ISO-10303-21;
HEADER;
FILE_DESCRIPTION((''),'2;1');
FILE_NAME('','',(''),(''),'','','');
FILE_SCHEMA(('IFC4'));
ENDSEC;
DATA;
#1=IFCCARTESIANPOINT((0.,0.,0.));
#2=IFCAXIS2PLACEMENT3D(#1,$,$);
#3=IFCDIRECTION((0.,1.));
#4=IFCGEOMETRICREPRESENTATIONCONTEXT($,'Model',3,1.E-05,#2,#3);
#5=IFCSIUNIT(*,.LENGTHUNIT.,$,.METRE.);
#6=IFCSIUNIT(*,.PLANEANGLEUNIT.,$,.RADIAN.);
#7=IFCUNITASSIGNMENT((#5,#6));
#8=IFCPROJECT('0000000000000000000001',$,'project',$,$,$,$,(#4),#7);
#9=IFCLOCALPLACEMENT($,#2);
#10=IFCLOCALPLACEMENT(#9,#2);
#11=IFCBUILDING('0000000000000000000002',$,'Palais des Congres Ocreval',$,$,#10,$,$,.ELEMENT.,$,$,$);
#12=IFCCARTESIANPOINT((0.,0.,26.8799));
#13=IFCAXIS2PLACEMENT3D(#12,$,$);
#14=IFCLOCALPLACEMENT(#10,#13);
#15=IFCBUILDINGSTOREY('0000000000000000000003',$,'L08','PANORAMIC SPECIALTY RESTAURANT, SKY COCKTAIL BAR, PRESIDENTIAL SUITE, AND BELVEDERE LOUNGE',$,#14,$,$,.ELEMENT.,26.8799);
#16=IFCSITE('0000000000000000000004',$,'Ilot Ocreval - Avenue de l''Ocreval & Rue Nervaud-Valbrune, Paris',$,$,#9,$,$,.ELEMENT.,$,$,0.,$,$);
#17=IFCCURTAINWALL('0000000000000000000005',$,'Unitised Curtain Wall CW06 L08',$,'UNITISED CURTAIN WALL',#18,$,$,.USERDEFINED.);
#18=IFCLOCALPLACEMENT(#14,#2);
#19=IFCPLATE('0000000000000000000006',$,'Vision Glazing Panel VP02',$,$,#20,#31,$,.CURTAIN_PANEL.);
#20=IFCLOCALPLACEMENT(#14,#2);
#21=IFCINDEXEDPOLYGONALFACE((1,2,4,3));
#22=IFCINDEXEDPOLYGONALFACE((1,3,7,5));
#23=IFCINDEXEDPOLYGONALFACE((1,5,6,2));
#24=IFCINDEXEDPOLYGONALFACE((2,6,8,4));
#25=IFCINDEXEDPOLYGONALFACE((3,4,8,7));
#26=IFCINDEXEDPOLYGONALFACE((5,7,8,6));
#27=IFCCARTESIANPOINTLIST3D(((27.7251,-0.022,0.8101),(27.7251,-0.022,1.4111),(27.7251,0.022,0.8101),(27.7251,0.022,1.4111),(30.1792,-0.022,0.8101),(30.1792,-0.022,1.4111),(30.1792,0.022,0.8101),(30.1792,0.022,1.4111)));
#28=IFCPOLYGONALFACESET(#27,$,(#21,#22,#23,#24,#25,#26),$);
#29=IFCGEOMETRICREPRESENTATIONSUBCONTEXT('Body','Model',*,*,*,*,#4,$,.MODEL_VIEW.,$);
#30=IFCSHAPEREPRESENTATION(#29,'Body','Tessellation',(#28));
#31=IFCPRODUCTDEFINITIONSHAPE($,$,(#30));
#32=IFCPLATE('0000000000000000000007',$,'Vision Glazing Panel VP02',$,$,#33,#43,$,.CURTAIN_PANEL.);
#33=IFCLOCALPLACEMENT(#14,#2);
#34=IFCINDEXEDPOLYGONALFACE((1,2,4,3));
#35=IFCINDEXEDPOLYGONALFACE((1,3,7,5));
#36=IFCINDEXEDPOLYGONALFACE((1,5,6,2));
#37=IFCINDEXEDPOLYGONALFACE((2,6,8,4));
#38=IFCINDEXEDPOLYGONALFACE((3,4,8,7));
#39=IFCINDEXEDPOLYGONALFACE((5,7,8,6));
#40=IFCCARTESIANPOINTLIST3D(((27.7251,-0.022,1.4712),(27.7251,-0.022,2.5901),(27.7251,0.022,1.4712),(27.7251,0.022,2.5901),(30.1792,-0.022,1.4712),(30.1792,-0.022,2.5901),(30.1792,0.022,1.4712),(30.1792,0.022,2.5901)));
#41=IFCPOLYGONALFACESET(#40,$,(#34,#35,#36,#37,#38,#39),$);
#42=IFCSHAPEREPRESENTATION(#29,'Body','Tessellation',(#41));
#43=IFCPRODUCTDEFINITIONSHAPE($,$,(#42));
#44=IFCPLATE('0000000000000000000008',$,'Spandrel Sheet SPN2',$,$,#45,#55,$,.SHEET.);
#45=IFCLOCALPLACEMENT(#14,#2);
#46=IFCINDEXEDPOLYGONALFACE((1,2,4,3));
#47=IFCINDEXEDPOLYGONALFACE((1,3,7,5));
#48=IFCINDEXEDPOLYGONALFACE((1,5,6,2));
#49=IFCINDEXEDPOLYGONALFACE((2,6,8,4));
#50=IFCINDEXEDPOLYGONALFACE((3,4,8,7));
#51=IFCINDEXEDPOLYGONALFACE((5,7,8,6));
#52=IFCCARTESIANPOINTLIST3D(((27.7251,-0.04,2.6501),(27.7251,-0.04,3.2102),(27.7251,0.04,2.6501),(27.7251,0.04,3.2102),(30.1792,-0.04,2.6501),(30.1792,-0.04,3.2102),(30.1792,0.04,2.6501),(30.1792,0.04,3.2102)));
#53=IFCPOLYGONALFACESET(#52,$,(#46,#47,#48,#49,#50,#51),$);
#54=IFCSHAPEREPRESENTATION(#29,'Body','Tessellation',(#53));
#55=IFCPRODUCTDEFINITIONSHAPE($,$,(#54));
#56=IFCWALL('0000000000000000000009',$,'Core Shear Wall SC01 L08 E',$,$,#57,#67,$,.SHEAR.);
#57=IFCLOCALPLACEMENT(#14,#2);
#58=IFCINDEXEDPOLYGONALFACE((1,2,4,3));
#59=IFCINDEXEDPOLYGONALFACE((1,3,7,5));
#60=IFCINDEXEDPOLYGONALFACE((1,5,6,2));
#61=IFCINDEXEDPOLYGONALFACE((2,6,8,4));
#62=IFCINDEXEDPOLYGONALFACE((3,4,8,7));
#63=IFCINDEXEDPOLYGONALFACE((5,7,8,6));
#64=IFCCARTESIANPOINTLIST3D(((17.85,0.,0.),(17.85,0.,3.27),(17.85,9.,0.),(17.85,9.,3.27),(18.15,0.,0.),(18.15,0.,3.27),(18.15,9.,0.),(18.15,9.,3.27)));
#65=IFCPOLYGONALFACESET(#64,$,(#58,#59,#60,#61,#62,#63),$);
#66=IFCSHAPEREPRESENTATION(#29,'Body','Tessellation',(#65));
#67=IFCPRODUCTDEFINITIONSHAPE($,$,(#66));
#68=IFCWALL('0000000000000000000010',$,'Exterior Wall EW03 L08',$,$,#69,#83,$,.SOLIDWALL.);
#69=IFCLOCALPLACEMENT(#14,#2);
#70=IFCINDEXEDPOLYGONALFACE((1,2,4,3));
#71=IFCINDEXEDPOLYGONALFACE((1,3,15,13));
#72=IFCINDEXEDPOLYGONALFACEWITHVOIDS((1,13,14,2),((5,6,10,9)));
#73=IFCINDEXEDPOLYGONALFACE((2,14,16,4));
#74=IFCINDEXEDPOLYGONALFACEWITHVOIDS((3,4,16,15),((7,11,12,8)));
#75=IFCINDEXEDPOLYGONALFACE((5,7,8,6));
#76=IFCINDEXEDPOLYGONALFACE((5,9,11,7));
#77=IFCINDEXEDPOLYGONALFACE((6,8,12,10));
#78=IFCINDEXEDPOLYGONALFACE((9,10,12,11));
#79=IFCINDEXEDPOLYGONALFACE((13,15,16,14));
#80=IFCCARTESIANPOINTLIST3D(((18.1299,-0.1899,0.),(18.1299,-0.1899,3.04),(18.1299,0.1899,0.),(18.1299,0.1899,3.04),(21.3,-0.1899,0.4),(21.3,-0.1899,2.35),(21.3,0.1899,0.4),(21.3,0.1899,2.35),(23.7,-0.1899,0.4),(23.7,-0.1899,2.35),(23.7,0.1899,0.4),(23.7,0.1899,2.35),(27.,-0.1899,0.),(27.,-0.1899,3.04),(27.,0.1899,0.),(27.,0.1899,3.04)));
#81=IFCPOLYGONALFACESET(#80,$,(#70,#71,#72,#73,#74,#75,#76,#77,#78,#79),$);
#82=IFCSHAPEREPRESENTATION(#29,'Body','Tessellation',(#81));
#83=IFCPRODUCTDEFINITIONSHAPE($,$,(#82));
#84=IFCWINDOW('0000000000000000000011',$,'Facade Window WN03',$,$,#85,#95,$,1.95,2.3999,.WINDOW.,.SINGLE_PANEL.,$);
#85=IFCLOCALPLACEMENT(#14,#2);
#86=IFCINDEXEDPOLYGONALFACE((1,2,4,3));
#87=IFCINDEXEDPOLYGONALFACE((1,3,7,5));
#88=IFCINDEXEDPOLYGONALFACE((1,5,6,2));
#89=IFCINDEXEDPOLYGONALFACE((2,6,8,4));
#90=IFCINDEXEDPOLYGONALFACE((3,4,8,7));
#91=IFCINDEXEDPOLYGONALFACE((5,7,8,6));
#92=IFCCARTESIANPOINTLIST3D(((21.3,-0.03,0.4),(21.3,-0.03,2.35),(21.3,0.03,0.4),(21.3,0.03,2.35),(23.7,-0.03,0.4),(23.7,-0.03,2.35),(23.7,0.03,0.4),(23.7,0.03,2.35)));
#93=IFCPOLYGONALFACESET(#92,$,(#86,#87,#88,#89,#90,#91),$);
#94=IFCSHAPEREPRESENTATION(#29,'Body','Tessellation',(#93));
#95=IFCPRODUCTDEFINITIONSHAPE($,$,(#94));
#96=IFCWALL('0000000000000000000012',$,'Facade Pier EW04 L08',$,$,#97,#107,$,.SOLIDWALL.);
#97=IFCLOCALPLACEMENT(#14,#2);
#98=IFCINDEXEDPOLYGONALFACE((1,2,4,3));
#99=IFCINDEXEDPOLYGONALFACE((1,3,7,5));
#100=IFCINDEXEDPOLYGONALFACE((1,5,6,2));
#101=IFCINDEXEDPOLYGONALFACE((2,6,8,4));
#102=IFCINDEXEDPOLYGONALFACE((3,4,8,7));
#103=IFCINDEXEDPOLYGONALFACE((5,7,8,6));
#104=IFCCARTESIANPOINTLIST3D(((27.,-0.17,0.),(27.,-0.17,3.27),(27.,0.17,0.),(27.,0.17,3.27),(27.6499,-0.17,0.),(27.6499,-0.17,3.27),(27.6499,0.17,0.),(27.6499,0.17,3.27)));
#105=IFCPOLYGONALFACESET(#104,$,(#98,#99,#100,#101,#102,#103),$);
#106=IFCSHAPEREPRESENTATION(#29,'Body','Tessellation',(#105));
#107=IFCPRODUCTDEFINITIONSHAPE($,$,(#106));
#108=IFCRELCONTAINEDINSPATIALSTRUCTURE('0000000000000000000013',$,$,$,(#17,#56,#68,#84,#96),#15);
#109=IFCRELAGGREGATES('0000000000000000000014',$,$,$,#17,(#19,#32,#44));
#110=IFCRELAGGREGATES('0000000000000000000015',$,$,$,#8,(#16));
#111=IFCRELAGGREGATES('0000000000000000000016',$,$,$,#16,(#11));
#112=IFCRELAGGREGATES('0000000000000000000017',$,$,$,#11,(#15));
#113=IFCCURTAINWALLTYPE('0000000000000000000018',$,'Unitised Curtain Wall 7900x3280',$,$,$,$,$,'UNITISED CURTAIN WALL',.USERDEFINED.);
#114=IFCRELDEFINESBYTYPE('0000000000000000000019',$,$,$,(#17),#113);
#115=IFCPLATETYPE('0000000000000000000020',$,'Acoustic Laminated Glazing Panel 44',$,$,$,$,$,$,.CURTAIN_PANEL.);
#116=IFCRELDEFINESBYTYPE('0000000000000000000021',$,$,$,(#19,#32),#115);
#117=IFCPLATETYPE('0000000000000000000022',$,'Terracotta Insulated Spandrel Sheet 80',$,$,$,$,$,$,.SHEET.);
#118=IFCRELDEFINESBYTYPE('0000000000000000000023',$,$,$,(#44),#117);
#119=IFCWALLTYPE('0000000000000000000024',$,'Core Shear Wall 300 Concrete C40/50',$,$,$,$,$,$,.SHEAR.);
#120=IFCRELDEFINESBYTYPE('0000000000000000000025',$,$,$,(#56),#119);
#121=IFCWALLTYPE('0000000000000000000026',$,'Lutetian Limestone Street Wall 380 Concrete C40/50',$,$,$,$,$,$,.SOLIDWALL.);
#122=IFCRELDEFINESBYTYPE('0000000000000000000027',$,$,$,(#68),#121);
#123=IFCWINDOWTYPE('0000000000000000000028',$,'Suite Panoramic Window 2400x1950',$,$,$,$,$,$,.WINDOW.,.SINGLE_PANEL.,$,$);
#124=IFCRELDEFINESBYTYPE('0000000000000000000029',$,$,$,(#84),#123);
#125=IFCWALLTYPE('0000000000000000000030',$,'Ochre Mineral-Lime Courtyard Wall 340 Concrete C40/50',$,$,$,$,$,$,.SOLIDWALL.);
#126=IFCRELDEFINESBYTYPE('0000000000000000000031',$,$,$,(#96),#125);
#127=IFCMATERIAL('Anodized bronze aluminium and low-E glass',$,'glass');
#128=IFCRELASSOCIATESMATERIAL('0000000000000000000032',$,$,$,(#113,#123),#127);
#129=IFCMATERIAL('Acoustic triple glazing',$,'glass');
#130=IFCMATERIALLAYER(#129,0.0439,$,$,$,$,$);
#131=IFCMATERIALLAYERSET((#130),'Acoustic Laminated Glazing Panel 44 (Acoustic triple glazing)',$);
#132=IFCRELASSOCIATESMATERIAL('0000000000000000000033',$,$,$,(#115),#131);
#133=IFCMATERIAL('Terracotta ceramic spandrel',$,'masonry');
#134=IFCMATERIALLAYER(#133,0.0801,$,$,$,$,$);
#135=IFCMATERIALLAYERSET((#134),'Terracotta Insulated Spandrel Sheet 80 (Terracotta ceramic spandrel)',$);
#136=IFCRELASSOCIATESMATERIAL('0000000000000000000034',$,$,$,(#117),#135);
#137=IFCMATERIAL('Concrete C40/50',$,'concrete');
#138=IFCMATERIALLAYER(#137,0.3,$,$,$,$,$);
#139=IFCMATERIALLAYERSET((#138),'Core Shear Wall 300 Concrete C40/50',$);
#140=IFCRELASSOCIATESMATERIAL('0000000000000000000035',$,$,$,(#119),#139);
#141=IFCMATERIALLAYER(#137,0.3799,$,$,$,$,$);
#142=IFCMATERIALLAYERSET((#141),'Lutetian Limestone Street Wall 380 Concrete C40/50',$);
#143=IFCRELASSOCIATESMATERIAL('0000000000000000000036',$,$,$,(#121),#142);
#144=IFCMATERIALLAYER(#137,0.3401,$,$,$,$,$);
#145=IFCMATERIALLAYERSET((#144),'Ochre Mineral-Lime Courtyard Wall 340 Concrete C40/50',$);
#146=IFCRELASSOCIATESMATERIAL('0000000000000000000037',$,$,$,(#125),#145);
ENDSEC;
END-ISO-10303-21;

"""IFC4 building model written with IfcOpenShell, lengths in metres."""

from ifc_helpers import new_model, si_unit, direction, frame, frame_2d, origin, origin_2d, place, context, subcontext, project, spatial, rectangle, extrude, material, layer, layer_set, type_object, element, fill, aggregate, save


model = new_model("IFC4")

# Units and contexts
model_context = context("Model", 3, precision=1e-05, world=origin(), true_north=direction((0.0, 1.0)))
body_context = subcontext(model_context, "Body", "Model", "MODEL_VIEW")
ifc_project = project(units=[si_unit("LENGTHUNIT", "METRE"), si_unit("PLANEANGLEUNIT", "RADIAN")], contexts=[model_context])

# Site, building, storey
site_placement = place(None, origin())
site = spatial("IfcSite", under=ifc_project, at=site_placement, Name="Ilot Ocreval - Avenue de l'Ocreval & Rue Nervaud-Valbrune, Paris", CompositionType="ELEMENT", RefElevation=0.0)
building_placement = place(site_placement, origin())
building = spatial("IfcBuilding", under=site, at=building_placement, Name="Palais des Congres Ocreval", CompositionType="ELEMENT")
storey_placement = place(building_placement, frame((0.0, 0.0, 26.8799)))
storey = spatial("IfcBuildingStorey", under=building, at=storey_placement, Name="L08", Description="PANORAMIC SPECIALTY RESTAURANT, SKY COCKTAIL BAR, PRESIDENTIAL SUITE, AND BELVEDERE LOUNGE", CompositionType="ELEMENT", Elevation=26.8799)

# Curtain wall
ifc_material_1 = material(Name="Anodized bronze aluminium and low-E glass", Category="glass")
curtain_wall_type = type_object("IfcCurtainWallType", Name="Unitised Curtain Wall 7900x3280", ElementType="UNITISED CURTAIN WALL", PredefinedType="USERDEFINED", material=ifc_material_1)
curtain_wall_placement = place(storey_placement, origin())
curtain_wall = element("IfcCurtainWall", 1, at=curtain_wall_placement, inside=storey, type_object=curtain_wall_type, Name="Unitised Curtain Wall CW06 L08", ObjectType="UNITISED CURTAIN WALL", PredefinedType="USERDEFINED")

# Plates
ifc_material_2 = material(Name="Acoustic triple glazing", Category="glass")
ifc_layer_1 = layer(ifc_material_2, 0.0439)
ifc_layer_set_1 = layer_set([ifc_layer_1], Name="Acoustic Laminated Glazing Panel 44 (Acoustic triple glazing)")
plate_type_1 = type_object("IfcPlateType", Name="Acoustic Laminated Glazing Panel 44", PredefinedType="CURTAIN_PANEL", material=ifc_layer_set_1)
plate_1_placement = place(storey_placement, frame((28.9521, 0.0, 0.8101), z_axis=(0.0, 0.0, 1.0), x_axis=(-1.0, 0.0, 0.0)))
plate_1 = element("IfcPlate", 2, at=plate_1_placement, type_object=plate_type_1, Name="Vision Glazing Panel VP02", PredefinedType="CURTAIN_PANEL", context=body_context, shape_type="SweptSolid", body=[
    extrude(rectangle(XDim=2.4541, YDim=0.0439, at=origin_2d()), origin(), (0.0, 0.0, 1.0), 0.6011),
])
plate_2_placement = place(storey_placement, frame((28.9521, 0.0, 1.4712), z_axis=(0.0, 0.0, 1.0), x_axis=(-1.0, 0.0, 0.0)))
plate_2 = element("IfcPlate", 3, at=plate_2_placement, type_object=plate_type_1, Name="Vision Glazing Panel VP02", PredefinedType="CURTAIN_PANEL", context=body_context, shape_type="SweptSolid", body=[
    extrude(rectangle(XDim=2.4541, YDim=0.0439, at=origin_2d()), origin(), (0.0, 0.0, 1.0), 1.1189),
])
ifc_material_3 = material(Name="Terracotta ceramic spandrel", Category="masonry")
ifc_layer_2 = layer(ifc_material_3, 0.0801)
ifc_layer_set_2 = layer_set([ifc_layer_2], Name="Terracotta Insulated Spandrel Sheet 80 (Terracotta ceramic spandrel)")
plate_type_2 = type_object("IfcPlateType", Name="Terracotta Insulated Spandrel Sheet 80", PredefinedType="SHEET", material=ifc_layer_set_2)
plate_3_placement = place(storey_placement, frame((28.9521, 0.0, 2.6501), z_axis=(0.0, 0.0, 1.0), x_axis=(-1.0, 0.0, 0.0)))
plate_3 = element("IfcPlate", 4, at=plate_3_placement, type_object=plate_type_2, Name="Spandrel Sheet SPN2", PredefinedType="SHEET", context=body_context, shape_type="SweptSolid", body=[
    extrude(rectangle(XDim=2.4541, YDim=0.0801, at=origin_2d()), origin(), (0.0, 0.0, 1.0), 0.5601),
])
aggregate(curtain_wall, [plate_1, plate_2, plate_3])

# Wall
ifc_material_4 = material(Name="Concrete C40/50", Category="concrete")
ifc_layer_3 = layer(ifc_material_4, 0.3)
ifc_layer_set_3 = layer_set([ifc_layer_3], Name="Core Shear Wall 300 Concrete C40/50")
wall_type_1 = type_object("IfcWallType", Name="Core Shear Wall 300 Concrete C40/50", PredefinedType="SHEAR", material=ifc_layer_set_3)
wall_1_placement = place(storey_placement, frame((18.0, 0.0, 0.0), z_axis=(0.0, 0.0, 1.0), x_axis=(0.0, 1.0, 0.0)))
element("IfcWall", 5, at=wall_1_placement, inside=storey, type_object=wall_type_1, Name="Core Shear Wall SC01 L08 E", PredefinedType="SHEAR", context=body_context, shape_type="SweptSolid", body=[
    extrude(rectangle(XDim=9.0, YDim=0.3, at=frame_2d((4.5, 0.0))), origin(), (0.0, 0.0, 1.0), 3.27),
])

# Wall, opening, window
ifc_layer_4 = layer(ifc_material_4, 0.3799)
ifc_layer_set_4 = layer_set([ifc_layer_4], Name="Lutetian Limestone Street Wall 380 Concrete C40/50")
wall_type_2 = type_object("IfcWallType", Name="Lutetian Limestone Street Wall 380 Concrete C40/50", PredefinedType="SOLIDWALL", material=ifc_layer_set_4)
wall_2_placement = place(storey_placement, frame((27.0, 0.0, 0.0), z_axis=(0.0, 0.0, 1.0), x_axis=(-1.0, 0.0, 0.0)))
wall_2 = element("IfcWall", 6, at=wall_2_placement, inside=storey, type_object=wall_type_2, Name="Exterior Wall EW03 L08", PredefinedType="SOLIDWALL", context=body_context, shape_type="SweptSolid", body=[
    extrude(rectangle(XDim=8.8701, YDim=0.3799, at=frame_2d((4.4351, 0.0))), origin(), (0.0, 0.0, 1.0), 3.04),
])
opening_placement = place(wall_2_placement, frame((3.3, 0.0, 0.3999)))
opening = element("IfcOpeningElement", 7, at=opening_placement, cuts=wall_2, PredefinedType="OPENING", context=body_context, shape_type="SweptSolid", body=[
    extrude(rectangle(XDim=2.3999, YDim=1.95, at=frame_2d((1.2, 0.9751))), frame((0.0, 0.2, 0.0), z_axis=(0.0, -1.0, 0.0), x_axis=(1.0, 0.0, 0.0)), (0.0, 0.0, 1.0), 0.3999),
])
window_type = type_object("IfcWindowType", Name="Suite Panoramic Window 2400x1950", PartitioningType="SINGLE_PANEL", PredefinedType="WINDOW", material=ifc_material_1)
window_placement = place(opening_placement, origin())
window = element("IfcWindow", 8, at=window_placement, inside=storey, type_object=window_type, Name="Facade Window WN03", OverallHeight=1.95, OverallWidth=2.3999, PartitioningType="SINGLE_PANEL", PredefinedType="WINDOW", context=body_context, shape_type="SweptSolid", body=[
    extrude(rectangle(XDim=2.3999, YDim=1.95, at=frame_2d((1.2, 0.9751))), frame((0.0, 0.03, 0.0), z_axis=(0.0, -1.0, 0.0), x_axis=(1.0, 0.0, 0.0)), (0.0, 0.0, 1.0), 0.0601),
])
fill(opening, window)

# Wall
ifc_layer_5 = layer(ifc_material_4, 0.3401)
ifc_layer_set_5 = layer_set([ifc_layer_5], Name="Ochre Mineral-Lime Courtyard Wall 340 Concrete C40/50")
wall_type_3 = type_object("IfcWallType", Name="Ochre Mineral-Lime Courtyard Wall 340 Concrete C40/50", PredefinedType="SOLIDWALL", material=ifc_layer_set_5)
wall_3_placement = place(storey_placement, frame((27.6499, 0.0, 0.0), z_axis=(0.0, 0.0, 1.0), x_axis=(-1.0, 0.0, 0.0)))
element("IfcWall", 9, at=wall_3_placement, inside=storey, type_object=wall_type_3, Name="Facade Pier EW04 L08", PredefinedType="SOLIDWALL", context=body_context, shape_type="SweptSolid", body=[
    extrude(rectangle(XDim=0.6499, YDim=0.3401, at=frame_2d((0.325, 0.0))), origin(), (0.0, 0.0, 1.0), 3.27),
])

save(model, "model.ifc")
